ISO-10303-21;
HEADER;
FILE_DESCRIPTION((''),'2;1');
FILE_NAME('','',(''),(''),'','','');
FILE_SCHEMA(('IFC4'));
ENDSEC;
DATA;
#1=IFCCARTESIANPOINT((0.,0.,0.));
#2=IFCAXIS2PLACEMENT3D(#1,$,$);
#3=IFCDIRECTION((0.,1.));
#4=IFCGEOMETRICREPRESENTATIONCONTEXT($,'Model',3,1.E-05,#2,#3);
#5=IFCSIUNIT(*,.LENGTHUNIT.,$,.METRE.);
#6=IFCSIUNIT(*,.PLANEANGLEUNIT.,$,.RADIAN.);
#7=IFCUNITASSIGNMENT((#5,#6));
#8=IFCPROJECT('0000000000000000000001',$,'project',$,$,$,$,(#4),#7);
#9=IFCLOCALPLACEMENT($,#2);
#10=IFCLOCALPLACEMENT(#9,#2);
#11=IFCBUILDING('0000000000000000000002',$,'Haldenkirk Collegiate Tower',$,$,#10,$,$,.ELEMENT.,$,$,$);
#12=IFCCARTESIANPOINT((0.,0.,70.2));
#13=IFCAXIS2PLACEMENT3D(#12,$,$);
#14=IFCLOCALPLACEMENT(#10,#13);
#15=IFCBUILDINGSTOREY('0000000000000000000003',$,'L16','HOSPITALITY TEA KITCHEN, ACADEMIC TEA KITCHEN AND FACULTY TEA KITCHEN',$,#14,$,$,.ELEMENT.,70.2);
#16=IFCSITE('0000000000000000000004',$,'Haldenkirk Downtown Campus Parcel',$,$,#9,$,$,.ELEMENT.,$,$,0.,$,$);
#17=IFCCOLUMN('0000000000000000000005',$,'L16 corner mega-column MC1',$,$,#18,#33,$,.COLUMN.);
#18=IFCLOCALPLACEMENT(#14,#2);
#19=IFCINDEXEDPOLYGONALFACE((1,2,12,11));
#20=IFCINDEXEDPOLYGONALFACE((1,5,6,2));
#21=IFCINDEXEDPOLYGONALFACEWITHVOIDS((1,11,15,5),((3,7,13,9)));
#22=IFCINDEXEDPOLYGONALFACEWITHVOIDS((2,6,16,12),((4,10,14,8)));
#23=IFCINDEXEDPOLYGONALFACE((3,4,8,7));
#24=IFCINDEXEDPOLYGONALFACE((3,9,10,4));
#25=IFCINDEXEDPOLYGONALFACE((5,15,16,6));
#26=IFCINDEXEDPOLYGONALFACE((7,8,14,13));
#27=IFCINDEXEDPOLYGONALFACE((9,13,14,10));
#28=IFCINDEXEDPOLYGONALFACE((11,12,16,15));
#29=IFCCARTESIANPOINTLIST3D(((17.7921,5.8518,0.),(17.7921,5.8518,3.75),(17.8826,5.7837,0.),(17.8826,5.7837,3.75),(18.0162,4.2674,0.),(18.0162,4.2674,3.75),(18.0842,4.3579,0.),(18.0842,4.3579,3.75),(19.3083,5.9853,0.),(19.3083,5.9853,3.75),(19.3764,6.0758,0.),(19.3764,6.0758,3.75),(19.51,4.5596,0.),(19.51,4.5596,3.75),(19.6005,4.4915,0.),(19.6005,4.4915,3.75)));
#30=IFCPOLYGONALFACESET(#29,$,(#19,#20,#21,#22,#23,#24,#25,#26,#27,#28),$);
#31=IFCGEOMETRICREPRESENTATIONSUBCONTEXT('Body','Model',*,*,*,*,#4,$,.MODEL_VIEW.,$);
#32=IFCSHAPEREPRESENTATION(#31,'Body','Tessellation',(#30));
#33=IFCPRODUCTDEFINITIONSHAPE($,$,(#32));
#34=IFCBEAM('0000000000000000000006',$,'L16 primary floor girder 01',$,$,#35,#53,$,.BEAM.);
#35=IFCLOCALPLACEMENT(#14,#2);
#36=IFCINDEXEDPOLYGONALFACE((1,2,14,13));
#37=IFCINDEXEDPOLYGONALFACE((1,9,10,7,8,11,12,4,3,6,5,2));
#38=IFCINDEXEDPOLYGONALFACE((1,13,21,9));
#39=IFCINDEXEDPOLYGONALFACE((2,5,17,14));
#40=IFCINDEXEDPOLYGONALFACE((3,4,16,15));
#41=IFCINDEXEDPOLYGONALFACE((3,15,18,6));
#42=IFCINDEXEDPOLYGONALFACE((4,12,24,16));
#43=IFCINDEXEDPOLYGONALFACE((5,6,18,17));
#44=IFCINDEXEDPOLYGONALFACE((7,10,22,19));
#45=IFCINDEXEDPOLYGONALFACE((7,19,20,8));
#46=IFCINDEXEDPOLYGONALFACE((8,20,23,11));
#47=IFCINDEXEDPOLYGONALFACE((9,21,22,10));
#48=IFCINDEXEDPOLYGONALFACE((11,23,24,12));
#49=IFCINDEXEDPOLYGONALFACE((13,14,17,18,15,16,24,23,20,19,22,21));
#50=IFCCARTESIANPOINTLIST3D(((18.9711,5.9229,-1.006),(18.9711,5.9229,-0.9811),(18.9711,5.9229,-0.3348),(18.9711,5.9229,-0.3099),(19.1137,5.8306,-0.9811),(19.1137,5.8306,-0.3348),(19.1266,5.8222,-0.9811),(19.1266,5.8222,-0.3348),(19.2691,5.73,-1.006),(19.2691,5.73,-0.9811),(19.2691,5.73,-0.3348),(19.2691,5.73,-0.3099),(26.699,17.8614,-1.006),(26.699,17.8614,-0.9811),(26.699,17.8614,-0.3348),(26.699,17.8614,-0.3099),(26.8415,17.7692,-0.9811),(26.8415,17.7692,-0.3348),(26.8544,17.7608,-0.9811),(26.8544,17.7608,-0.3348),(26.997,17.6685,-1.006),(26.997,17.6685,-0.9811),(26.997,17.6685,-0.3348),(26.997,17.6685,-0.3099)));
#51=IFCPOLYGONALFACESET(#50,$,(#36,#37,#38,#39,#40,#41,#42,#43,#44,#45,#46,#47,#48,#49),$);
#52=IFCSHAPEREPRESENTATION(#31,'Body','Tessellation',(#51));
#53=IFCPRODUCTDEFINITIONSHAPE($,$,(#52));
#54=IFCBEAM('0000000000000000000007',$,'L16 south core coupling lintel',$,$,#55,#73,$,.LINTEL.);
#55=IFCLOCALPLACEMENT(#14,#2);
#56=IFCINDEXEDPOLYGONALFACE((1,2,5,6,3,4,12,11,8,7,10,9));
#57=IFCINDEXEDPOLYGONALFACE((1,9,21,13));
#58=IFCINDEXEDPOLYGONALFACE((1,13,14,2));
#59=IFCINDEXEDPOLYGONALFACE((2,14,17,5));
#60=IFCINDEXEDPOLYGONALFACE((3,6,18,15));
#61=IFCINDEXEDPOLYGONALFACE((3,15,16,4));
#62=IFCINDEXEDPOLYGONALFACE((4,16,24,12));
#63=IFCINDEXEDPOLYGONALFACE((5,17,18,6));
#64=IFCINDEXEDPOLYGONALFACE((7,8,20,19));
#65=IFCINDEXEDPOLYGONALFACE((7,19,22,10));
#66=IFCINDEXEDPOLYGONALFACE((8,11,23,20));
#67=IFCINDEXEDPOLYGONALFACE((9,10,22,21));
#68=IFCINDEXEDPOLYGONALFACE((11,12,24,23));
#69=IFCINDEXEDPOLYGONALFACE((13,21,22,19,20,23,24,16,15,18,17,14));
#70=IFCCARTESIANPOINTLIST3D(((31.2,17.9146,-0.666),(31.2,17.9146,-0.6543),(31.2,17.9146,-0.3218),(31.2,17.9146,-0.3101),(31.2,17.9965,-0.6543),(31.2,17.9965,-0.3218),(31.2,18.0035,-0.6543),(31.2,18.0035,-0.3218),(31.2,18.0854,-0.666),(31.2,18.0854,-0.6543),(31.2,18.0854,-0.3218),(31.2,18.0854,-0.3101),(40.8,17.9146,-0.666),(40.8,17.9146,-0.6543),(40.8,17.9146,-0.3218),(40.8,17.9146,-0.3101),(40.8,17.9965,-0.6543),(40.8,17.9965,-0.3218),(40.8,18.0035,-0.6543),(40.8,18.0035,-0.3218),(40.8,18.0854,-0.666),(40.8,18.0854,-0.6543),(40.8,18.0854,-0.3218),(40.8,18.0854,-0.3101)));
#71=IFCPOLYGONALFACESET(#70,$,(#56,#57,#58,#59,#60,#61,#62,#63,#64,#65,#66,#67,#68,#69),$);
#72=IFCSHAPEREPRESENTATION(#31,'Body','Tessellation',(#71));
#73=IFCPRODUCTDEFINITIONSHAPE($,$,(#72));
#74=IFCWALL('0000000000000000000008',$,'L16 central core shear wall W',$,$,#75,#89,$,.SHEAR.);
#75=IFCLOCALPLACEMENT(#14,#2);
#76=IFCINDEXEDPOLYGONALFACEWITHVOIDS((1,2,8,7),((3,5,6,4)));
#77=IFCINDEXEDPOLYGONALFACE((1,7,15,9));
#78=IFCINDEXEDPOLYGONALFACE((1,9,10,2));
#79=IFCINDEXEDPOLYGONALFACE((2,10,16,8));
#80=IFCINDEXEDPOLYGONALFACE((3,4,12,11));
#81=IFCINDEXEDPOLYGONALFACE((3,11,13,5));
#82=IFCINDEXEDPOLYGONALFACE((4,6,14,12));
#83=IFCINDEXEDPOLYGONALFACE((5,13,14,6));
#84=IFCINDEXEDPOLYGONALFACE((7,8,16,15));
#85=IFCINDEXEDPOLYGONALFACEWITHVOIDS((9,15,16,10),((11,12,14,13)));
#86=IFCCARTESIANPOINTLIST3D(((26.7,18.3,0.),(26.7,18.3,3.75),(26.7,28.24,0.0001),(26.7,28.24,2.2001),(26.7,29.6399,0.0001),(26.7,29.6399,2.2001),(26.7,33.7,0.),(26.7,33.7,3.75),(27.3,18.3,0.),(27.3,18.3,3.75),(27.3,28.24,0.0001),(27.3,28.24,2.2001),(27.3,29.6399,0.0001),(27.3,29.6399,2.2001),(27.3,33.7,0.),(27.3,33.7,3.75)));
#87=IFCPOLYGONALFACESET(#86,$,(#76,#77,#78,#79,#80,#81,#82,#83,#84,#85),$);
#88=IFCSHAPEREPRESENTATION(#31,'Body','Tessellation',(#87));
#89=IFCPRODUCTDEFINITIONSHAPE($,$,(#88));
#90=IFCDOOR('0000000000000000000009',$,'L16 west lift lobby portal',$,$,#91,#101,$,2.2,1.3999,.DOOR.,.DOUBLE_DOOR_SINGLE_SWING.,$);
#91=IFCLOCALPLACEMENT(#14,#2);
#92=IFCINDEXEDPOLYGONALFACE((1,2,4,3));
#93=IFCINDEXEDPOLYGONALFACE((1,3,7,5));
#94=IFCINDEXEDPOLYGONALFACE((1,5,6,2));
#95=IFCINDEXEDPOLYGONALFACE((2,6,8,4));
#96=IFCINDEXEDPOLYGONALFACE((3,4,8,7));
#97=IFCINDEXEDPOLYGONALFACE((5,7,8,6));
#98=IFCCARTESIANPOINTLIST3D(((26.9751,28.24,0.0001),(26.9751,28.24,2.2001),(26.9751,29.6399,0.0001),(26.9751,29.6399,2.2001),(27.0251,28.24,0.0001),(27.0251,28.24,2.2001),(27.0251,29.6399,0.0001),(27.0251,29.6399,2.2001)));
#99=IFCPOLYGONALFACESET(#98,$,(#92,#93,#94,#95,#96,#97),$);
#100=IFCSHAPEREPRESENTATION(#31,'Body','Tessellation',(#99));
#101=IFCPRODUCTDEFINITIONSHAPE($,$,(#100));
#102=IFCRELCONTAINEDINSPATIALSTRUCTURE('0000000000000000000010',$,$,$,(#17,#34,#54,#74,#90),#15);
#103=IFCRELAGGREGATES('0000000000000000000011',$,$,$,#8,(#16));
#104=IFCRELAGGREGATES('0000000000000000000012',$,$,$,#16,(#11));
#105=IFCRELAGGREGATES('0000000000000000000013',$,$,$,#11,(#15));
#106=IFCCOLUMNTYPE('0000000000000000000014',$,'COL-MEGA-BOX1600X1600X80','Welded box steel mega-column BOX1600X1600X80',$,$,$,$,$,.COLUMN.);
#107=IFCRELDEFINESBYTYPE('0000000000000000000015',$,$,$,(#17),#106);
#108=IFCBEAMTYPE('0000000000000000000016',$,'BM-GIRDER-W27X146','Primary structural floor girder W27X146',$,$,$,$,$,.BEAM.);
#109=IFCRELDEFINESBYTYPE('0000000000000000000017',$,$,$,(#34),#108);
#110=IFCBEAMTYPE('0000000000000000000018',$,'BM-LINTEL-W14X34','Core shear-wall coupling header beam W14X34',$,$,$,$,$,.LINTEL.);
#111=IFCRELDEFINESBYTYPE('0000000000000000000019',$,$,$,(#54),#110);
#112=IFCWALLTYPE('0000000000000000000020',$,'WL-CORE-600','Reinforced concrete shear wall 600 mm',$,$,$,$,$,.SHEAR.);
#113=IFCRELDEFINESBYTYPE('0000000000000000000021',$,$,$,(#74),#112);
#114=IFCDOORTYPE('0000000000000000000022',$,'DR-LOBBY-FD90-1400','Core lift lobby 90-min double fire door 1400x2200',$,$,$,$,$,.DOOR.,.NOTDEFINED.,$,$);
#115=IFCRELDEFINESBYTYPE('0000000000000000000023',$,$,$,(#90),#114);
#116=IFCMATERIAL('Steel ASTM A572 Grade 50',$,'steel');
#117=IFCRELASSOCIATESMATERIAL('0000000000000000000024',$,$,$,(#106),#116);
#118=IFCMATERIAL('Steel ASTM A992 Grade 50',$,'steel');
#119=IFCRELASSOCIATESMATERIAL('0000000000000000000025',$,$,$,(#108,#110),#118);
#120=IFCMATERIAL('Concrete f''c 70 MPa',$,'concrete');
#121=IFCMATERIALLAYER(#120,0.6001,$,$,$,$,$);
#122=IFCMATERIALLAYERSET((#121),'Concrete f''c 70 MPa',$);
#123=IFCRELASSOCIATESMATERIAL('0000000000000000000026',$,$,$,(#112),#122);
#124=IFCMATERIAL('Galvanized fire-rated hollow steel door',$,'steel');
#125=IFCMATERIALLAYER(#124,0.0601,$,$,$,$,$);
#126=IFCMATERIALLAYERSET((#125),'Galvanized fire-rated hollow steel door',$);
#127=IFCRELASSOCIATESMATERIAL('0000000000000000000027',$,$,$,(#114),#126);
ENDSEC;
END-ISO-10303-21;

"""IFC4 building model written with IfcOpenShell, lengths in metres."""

from ifc_helpers import new_model, si_unit, direction, frame, frame_2d, origin, origin_2d, place, context, subcontext, project, spatial, rectangle, hollow_rectangle, i_section, extrude, material, layer, layer_set, material_profile, profile_set, type_object, element, fill, save


model = new_model("IFC4")

# Units and contexts
model_context = context("Model", 3, precision=1e-05, world=origin(), true_north=direction((0.0, 1.0)))
body_context = subcontext(model_context, "Body", "Model", "MODEL_VIEW")
ifc_project = project(units=[si_unit("LENGTHUNIT", "METRE"), si_unit("PLANEANGLEUNIT", "RADIAN")], contexts=[model_context])

# Site, building, storey
site_placement = place(None, origin())
site = spatial("IfcSite", under=ifc_project, at=site_placement, Name="Haldenkirk Downtown Campus Parcel", CompositionType="ELEMENT", RefElevation=0.0)
building_placement = place(site_placement, origin())
building = spatial("IfcBuilding", under=site, at=building_placement, Name="Haldenkirk Collegiate Tower", CompositionType="ELEMENT")
storey_placement = place(building_placement, frame((0.0, 0.0, 70.2)))
storey = spatial("IfcBuildingStorey", under=building, at=storey_placement, Name="L16", Description="HOSPITALITY TEA KITCHEN, ACADEMIC TEA KITCHEN AND FACULTY TEA KITCHEN", CompositionType="ELEMENT", Elevation=70.2)

# Column
ifc_material_1 = material(Name="Steel ASTM A572 Grade 50", Category="steel")
ifc_material_profile_1 = material_profile(ifc_material_1, hollow_rectangle(XDim=1.6001, YDim=1.6001, WallThickness=0.0801, at=origin_2d()), Name="BOX1600X1600X80")
ifc_profile_set_1 = profile_set([ifc_material_profile_1], Name="Steel ASTM A572 Grade 50")
column_type = type_object("IfcColumnType", Name="COL-MEGA-BOX1600X1600X80", Description="Welded box steel mega-column BOX1600X1600X80", PredefinedType="COLUMN", material=ifc_profile_set_1)
column_placement = place(storey_placement, frame((18.6963, 5.1716, 0.0), z_axis=(0.0, 0.0, 1.0), x_axis=(0.990146, 0.140037, 0.0)))
element("IfcColumn", 1, at=column_placement, inside=storey, type_object=column_type, Name="L16 corner mega-column MC1", PredefinedType="COLUMN", context=body_context, shape_type="SweptSolid", body=[
    extrude(hollow_rectangle(XDim=1.6001, YDim=1.6001, WallThickness=0.0801, at=origin_2d()), origin(), (0.0, 0.0, 1.0), 3.75),
])

# Beams
ifc_material_2 = material(Name="Steel ASTM A992 Grade 50", Category="steel")
ifc_material_profile_2 = material_profile(ifc_material_2, i_section(OverallWidth=0.355, OverallDepth=0.696, WebThickness=0.0154, FlangeThickness=0.0249, at=origin_2d()), Name="W27X146")
ifc_profile_set_2 = profile_set([ifc_material_profile_2], Name="Steel ASTM A992 Grade 50")
beam_type_1 = type_object("IfcBeamType", Name="BM-GIRDER-W27X146", Description="Primary structural floor girder W27X146", PredefinedType="BEAM", material=ifc_profile_set_2)
beam_1_placement = place(storey_placement, frame((19.1201, 5.8264, -0.658), z_axis=(0.543394, 0.839478, 0.0), x_axis=(-0.839478, 0.543394, 0.0)))
element("IfcBeam", 2, at=beam_1_placement, inside=storey, type_object=beam_type_1, Name="L16 primary floor girder 01", PredefinedType="BEAM", context=body_context, shape_type="SweptSolid", body=[
    extrude(i_section(OverallWidth=0.355, OverallDepth=0.696, WebThickness=0.0154, FlangeThickness=0.0249, at=origin_2d()), origin(), (0.0, 0.0, 1.0), 14.2214),
])
ifc_material_profile_3 = material_profile(ifc_material_2, i_section(OverallWidth=0.1709, OverallDepth=0.356, WebThickness=0.0071, FlangeThickness=0.0117, at=origin_2d()), Name="W14X34")
ifc_profile_set_3 = profile_set([ifc_material_profile_3], Name="Steel ASTM A992 Grade 50")
beam_type_2 = type_object("IfcBeamType", Name="BM-LINTEL-W14X34", Description="Core shear-wall coupling header beam W14X34", PredefinedType="LINTEL", material=ifc_profile_set_3)
beam_2_placement = place(storey_placement, frame((31.2, 18.0, -0.488), z_axis=(1.0, 0.0, 0.0), x_axis=(0.0, 1.0, 0.0)))
element("IfcBeam", 3, at=beam_2_placement, inside=storey, type_object=beam_type_2, Name="L16 south core coupling lintel", PredefinedType="LINTEL", context=body_context, shape_type="SweptSolid", body=[
    extrude(i_section(OverallWidth=0.1709, OverallDepth=0.356, WebThickness=0.0071, FlangeThickness=0.0117, at=origin_2d()), origin(), (0.0, 0.0, 1.0), 9.6001),
])

# Shared definitions
ifc_material_3 = material(Name="Concrete f'c 70 MPa", Category="concrete")
ifc_layer_1 = layer(ifc_material_3, 0.6001)
ifc_layer_set_1 = layer_set([ifc_layer_1], Name="Concrete f'c 70 MPa")
wall_type_1 = type_object("IfcWallType", Name="WL-CORE-600", Description="Reinforced concrete shear wall 600 mm", PredefinedType="SHEAR", material=ifc_layer_set_1)
ifc_material_4 = material(Name="Galvanized fire-rated hollow steel door", Category="steel")

# Wall, opening, door
wall_1_placement = place(storey_placement, frame((27.0, 18.3, 0.0), z_axis=(0.0, 0.0, 1.0), x_axis=(0.0, 1.0, 0.0)))
wall_1 = element("IfcWall", 4, at=wall_1_placement, inside=storey, type_object=wall_type_1, Name="L16 central core shear wall W", PredefinedType="SHEAR", context=body_context, shape_type="SweptSolid", body=[
    extrude(rectangle(XDim=15.3999, YDim=0.6001, at=frame_2d((7.7, 0.0))), origin(), (0.0, 0.0, 1.0), 3.75),
])
opening_1_placement = place(wall_1_placement, frame((9.9399, 0.0, 0.0)))
opening_1 = element("IfcOpeningElement", 5, at=opening_1_placement, cuts=wall_1, PredefinedType="OPENING", context=body_context, shape_type="SweptSolid", body=[
    extrude(rectangle(XDim=1.3999, YDim=2.2, at=frame_2d((0.7, 1.1001))), frame((0.0, 0.3101, 0.0), z_axis=(0.0, -1.0, 0.0), x_axis=(1.0, 0.0, 0.0)), (0.0, 0.0, 1.0), 0.6201),
])
ifc_layer_2 = layer(ifc_material_4, 0.0601)
ifc_layer_set_2 = layer_set([ifc_layer_2], Name="Galvanized fire-rated hollow steel door")
door_type_1 = type_object("IfcDoorType", Name="DR-LOBBY-FD90-1400", Description="Core lift lobby 90-min double fire door 1400x2200", OperationType="NOTDEFINED", PredefinedType="DOOR", material=ifc_layer_set_2)
door_1_placement = place(opening_1_placement, origin())
door_1 = element("IfcDoor", 6, at=door_1_placement, inside=storey, type_object=door_type_1, Name="L16 west lift lobby portal", OperationType="DOUBLE_DOOR_SINGLE_SWING", OverallHeight=2.2, OverallWidth=1.3999, PredefinedType="DOOR", context=body_context, shape_type="SweptSolid", body=[
    extrude(rectangle(XDim=1.3999, YDim=2.2, at=frame_2d((0.7, 1.1001))), frame((0.0, 0.0249, 0.0), z_axis=(0.0, -1.0, 0.0), x_axis=(1.0, 0.0, 0.0)), (0.0, 0.0, 1.0), 0.05),
])
fill(opening_1, door_1)

save(model, "model.ifc")
